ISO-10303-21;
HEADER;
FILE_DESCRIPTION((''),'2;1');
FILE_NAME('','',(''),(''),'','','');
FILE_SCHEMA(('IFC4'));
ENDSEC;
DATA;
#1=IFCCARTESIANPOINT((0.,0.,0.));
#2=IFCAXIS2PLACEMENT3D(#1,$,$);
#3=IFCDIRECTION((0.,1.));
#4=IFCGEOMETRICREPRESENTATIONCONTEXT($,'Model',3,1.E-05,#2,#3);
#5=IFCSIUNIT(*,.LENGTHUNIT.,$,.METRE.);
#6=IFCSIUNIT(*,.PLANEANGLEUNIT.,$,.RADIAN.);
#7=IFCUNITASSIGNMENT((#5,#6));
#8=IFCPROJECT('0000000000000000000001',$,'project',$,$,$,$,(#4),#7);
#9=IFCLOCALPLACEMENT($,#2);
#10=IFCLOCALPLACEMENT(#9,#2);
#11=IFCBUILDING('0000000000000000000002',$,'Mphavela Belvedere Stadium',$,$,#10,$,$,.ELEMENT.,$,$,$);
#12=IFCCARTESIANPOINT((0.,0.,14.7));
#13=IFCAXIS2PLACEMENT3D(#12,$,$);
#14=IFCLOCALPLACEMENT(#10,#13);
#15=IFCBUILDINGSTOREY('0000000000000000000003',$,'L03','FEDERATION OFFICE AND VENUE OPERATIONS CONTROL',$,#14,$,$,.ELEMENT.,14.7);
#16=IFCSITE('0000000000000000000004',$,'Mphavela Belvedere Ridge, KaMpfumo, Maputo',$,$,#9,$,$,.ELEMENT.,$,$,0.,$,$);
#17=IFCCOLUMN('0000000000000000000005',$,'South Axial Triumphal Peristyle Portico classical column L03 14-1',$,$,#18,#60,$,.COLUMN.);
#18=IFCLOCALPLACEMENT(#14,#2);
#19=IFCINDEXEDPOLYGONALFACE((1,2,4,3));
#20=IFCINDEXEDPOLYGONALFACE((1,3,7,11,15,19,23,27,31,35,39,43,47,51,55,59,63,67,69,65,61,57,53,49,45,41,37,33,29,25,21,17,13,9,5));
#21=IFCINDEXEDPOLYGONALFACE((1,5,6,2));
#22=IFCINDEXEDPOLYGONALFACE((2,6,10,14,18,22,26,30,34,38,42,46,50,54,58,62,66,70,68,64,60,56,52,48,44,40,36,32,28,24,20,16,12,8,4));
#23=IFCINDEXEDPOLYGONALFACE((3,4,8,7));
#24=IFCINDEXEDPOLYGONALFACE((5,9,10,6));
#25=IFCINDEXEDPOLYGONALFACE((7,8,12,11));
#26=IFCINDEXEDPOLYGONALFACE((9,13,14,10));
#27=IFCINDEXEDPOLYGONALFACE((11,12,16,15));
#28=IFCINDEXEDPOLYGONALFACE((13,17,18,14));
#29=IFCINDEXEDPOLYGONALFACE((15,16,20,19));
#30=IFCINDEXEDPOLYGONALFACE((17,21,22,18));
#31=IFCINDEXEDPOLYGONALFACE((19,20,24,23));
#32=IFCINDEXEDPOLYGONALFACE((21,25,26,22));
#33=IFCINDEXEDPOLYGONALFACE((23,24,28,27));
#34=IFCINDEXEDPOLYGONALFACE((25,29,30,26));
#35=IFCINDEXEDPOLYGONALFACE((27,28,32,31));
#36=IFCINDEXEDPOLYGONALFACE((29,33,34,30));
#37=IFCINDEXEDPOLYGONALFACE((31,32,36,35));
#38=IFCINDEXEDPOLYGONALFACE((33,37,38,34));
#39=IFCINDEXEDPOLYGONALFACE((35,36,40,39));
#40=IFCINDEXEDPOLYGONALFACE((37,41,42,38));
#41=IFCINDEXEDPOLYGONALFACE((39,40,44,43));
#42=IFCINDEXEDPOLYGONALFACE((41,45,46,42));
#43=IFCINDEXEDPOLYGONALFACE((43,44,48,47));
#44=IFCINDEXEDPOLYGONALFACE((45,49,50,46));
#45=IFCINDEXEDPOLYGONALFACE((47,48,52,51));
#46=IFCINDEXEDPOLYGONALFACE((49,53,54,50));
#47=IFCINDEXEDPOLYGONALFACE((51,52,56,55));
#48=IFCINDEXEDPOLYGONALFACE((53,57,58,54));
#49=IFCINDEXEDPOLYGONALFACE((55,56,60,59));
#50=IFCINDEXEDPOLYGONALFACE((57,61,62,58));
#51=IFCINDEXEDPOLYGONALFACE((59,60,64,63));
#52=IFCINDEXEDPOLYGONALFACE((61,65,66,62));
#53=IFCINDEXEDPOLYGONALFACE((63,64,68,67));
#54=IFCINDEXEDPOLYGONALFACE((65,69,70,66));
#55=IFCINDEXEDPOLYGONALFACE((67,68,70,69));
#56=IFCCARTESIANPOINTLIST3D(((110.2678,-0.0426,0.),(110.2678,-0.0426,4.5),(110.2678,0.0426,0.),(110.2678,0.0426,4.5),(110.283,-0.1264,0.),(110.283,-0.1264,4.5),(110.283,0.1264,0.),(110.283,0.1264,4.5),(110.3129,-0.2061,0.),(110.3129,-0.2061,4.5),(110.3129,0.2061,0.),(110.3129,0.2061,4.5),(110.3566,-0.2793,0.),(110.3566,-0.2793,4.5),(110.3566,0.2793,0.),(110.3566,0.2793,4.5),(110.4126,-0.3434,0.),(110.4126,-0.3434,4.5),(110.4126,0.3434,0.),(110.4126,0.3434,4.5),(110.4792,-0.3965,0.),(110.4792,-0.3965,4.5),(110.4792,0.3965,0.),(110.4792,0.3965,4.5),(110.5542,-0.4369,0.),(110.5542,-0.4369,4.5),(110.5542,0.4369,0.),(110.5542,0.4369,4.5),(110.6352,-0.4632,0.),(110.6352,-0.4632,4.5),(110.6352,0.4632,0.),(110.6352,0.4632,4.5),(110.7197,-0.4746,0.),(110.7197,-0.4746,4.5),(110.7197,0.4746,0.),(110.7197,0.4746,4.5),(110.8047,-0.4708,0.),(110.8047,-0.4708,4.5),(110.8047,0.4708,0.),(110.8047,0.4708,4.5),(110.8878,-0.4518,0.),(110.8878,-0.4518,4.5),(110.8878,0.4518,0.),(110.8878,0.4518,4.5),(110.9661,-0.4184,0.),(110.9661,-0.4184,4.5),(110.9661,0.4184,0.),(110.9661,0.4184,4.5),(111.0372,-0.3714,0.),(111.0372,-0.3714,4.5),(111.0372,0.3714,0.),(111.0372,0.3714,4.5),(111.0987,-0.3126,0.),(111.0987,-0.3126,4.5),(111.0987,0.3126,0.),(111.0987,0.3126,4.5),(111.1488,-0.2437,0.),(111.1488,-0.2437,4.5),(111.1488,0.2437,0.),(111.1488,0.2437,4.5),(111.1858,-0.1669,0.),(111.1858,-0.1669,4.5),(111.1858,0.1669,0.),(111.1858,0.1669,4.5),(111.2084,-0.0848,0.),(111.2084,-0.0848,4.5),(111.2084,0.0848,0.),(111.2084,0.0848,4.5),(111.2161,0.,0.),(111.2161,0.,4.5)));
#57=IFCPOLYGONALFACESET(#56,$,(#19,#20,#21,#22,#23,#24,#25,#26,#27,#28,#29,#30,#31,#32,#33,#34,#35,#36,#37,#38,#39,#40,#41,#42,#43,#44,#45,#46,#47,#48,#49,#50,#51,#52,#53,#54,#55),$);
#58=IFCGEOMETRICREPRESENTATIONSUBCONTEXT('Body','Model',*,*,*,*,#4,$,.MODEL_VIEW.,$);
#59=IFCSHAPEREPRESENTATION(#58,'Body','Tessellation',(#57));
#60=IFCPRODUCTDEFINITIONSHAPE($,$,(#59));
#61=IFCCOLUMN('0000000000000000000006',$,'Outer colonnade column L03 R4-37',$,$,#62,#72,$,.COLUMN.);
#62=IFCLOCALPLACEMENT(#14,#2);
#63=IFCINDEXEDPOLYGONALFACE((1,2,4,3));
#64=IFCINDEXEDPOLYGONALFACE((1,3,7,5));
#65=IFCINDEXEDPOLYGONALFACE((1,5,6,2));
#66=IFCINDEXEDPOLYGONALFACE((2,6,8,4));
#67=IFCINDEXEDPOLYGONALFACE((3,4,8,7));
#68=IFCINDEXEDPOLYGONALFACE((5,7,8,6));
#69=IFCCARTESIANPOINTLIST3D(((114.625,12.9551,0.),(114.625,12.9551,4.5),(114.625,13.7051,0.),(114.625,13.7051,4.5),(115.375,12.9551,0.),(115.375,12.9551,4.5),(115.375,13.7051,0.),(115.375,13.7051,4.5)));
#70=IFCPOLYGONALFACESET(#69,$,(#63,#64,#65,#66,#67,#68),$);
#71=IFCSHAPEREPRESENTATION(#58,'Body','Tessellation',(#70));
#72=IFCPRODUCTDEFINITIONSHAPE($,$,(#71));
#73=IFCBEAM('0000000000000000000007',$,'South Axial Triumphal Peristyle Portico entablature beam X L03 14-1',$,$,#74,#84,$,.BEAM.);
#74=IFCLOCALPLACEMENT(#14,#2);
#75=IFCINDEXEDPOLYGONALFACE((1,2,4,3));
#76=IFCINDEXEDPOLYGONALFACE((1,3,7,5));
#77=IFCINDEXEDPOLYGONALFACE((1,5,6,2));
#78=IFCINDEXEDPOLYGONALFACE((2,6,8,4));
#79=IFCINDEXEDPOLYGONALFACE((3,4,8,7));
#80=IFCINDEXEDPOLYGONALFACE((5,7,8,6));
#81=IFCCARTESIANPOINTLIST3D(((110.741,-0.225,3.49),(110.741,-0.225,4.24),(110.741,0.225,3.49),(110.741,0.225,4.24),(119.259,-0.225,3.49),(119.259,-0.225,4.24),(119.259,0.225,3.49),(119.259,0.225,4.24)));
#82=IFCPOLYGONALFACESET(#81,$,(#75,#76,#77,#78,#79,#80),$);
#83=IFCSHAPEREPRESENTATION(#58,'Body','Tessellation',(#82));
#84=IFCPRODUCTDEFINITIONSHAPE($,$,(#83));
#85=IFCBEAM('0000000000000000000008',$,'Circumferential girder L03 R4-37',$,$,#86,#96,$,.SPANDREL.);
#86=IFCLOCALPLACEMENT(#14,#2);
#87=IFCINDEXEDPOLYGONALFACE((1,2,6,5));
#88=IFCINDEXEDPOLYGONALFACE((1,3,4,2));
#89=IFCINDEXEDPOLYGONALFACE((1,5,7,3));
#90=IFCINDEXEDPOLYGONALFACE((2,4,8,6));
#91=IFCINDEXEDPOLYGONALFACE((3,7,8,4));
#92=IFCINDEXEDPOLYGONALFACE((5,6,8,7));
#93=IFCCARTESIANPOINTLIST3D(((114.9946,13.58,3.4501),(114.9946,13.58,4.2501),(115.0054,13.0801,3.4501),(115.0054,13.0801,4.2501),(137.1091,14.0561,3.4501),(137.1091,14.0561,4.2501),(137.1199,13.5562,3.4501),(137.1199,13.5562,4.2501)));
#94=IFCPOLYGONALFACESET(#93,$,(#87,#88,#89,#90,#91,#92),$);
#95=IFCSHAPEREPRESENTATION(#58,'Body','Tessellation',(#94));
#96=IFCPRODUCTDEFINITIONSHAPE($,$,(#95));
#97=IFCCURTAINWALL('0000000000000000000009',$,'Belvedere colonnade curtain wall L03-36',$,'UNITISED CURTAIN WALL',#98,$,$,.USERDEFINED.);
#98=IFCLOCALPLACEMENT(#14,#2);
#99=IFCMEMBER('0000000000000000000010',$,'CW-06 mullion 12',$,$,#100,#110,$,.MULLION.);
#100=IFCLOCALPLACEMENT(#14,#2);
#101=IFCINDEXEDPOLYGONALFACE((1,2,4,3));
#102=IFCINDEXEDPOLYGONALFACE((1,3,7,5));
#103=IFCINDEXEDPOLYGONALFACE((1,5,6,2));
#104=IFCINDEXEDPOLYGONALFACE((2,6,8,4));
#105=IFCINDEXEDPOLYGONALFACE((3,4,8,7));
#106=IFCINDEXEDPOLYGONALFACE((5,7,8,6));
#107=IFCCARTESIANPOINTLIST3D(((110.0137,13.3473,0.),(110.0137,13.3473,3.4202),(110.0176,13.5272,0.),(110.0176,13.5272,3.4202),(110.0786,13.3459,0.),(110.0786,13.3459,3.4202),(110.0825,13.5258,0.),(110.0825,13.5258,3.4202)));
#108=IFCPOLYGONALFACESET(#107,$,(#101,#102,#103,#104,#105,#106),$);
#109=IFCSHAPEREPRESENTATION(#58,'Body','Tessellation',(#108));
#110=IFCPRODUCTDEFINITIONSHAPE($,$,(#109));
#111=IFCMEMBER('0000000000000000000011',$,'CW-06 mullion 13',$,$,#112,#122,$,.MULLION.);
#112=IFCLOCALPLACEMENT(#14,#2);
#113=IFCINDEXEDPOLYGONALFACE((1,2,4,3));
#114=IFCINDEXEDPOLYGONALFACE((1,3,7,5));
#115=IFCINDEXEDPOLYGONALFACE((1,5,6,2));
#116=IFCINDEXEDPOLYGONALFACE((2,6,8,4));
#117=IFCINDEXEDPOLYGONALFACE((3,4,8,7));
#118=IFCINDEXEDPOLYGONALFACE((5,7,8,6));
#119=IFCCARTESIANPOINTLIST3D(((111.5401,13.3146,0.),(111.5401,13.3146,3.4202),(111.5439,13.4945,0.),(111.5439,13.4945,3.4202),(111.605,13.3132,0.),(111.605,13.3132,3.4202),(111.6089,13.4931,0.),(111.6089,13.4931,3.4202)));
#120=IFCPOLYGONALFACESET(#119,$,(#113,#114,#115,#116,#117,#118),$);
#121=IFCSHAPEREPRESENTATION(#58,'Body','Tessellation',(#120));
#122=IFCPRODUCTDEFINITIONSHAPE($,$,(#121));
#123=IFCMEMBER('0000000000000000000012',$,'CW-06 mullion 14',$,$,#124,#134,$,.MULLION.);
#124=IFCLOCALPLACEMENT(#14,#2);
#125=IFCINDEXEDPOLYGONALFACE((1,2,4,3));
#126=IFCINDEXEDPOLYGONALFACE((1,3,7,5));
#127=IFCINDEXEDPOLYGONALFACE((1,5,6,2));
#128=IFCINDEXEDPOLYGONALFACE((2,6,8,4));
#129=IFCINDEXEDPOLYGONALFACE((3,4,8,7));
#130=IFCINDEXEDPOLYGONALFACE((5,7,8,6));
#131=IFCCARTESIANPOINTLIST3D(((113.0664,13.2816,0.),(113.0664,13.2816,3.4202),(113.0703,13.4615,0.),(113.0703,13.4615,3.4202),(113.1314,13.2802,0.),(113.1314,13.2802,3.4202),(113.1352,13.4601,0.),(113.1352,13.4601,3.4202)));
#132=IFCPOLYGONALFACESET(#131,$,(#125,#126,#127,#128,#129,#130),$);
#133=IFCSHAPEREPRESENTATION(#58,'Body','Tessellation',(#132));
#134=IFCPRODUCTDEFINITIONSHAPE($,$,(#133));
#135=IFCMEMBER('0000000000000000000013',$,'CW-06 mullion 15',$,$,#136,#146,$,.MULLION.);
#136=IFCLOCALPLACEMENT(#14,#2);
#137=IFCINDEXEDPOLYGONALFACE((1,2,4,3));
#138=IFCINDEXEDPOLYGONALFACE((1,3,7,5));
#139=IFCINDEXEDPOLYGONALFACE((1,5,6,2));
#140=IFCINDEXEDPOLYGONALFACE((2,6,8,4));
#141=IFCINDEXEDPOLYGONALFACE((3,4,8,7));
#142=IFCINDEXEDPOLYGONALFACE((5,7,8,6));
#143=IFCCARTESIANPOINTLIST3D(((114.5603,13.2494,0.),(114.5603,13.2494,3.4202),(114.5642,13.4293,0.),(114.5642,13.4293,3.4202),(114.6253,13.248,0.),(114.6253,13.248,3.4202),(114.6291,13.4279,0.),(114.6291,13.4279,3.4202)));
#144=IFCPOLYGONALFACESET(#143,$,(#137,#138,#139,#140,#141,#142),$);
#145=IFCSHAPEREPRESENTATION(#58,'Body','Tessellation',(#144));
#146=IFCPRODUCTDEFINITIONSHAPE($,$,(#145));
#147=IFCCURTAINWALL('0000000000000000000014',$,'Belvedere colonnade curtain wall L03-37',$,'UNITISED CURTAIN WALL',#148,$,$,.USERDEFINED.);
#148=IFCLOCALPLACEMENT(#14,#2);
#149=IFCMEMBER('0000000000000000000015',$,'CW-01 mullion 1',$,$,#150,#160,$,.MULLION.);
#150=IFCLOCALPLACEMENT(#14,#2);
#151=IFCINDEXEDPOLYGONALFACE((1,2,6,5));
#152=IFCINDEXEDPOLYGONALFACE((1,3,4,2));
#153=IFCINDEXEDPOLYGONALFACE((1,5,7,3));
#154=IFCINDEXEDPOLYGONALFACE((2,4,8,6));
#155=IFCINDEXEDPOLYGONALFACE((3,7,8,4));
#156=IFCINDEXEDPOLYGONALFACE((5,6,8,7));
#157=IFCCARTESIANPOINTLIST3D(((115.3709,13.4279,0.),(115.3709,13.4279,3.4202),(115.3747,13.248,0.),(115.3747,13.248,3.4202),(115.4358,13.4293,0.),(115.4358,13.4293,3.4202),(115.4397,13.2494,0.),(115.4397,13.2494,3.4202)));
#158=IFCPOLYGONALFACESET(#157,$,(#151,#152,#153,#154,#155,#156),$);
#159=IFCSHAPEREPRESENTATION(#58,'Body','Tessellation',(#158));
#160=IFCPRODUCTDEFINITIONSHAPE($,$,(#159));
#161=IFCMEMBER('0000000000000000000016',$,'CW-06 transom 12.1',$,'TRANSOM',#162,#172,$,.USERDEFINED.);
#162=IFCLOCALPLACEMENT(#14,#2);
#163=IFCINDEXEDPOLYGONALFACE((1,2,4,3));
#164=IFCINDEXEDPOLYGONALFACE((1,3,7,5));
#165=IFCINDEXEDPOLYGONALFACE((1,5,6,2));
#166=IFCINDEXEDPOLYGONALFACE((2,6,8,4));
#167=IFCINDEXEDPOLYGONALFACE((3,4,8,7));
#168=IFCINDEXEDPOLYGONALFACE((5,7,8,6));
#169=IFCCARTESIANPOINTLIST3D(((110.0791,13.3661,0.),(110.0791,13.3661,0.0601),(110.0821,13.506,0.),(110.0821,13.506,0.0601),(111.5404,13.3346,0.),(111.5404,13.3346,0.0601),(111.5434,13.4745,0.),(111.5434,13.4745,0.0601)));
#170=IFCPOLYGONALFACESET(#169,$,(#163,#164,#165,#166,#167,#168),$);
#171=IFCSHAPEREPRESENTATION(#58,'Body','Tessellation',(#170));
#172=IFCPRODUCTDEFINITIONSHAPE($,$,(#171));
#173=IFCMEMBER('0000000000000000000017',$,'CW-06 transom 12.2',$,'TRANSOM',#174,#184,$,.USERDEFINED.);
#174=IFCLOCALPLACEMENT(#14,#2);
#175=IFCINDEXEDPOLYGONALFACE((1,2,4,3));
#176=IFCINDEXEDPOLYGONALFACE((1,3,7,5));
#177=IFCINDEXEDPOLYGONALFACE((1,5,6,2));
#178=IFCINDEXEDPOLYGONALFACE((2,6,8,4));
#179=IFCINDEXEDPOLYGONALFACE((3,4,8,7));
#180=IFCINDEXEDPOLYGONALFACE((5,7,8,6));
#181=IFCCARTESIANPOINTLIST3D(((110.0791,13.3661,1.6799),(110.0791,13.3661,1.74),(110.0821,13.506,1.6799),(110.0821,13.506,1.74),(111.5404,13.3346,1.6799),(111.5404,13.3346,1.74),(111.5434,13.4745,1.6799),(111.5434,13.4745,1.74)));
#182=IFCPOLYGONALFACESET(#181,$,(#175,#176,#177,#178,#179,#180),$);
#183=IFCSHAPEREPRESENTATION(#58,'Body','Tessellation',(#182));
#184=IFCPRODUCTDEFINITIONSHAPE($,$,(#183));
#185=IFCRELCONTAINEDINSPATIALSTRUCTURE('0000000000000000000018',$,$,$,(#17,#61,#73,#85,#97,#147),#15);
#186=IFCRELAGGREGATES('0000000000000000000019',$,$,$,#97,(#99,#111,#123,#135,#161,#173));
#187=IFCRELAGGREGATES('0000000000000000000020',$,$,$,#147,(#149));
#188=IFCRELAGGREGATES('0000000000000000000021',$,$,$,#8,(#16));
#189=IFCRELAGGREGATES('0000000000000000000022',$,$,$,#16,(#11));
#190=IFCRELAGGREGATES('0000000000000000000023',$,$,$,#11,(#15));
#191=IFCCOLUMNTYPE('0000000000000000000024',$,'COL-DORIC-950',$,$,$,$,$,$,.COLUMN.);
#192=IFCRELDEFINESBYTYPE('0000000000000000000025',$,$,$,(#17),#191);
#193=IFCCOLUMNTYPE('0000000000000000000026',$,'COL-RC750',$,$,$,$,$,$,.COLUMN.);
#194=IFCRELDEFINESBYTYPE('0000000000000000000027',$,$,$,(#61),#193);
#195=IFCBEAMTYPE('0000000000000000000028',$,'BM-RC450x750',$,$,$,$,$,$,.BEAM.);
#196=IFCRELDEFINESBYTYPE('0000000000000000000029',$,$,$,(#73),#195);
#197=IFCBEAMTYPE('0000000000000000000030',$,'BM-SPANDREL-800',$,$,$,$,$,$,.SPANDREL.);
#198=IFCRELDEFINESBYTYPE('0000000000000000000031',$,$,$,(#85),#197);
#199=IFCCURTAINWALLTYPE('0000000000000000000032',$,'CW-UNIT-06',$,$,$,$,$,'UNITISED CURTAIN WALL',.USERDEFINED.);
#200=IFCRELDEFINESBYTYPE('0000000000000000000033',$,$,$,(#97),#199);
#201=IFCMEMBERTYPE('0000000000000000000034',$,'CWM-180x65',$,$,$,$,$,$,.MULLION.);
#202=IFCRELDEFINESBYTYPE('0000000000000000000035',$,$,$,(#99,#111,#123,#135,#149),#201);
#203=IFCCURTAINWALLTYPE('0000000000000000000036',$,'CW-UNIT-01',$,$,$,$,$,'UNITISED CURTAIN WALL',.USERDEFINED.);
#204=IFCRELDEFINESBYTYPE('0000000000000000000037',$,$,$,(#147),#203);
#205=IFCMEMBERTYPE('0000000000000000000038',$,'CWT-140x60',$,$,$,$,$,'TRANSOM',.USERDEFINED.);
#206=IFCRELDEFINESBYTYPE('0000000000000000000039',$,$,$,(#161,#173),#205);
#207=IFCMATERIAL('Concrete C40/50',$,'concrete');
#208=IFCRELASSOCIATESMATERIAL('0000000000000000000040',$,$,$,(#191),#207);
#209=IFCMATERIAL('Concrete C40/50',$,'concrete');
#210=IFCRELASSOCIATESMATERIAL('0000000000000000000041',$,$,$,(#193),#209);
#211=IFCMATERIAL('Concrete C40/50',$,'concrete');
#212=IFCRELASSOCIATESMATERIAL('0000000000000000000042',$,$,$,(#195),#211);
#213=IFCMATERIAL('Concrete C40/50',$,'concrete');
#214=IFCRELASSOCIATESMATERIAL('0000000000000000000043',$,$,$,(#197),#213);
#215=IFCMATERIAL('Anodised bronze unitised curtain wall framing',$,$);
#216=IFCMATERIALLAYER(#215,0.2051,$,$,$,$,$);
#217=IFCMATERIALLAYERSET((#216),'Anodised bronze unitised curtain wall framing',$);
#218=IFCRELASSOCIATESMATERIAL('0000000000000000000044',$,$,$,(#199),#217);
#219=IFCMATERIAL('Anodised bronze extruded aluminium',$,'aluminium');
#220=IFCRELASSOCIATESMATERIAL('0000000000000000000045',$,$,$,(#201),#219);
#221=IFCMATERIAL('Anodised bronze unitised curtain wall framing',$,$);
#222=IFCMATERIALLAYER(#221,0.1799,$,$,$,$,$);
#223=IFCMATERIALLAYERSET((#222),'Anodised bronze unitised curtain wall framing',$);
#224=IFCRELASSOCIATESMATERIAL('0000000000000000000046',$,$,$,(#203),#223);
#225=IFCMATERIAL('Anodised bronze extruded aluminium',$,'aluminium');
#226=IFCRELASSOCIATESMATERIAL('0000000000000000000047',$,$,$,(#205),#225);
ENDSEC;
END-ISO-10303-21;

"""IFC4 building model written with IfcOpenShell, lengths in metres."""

from ifc_helpers import new_model, si_unit, direction, frame, origin, origin_2d, place, context, subcontext, project, spatial, rectangle, circle, extrude, material, layer, layer_set, material_profile, profile_set, type_object, element, aggregate, save


model = new_model("IFC4")

# Units and contexts
model_context = context("Model", 3, precision=1e-05, world=origin(), true_north=direction((0.0, 1.0)))
body_context = subcontext(model_context, "Body", "Model", "MODEL_VIEW")
ifc_project = project(units=[si_unit("LENGTHUNIT", "METRE"), si_unit("PLANEANGLEUNIT", "RADIAN")], contexts=[model_context])

# Site, building, storey
site_placement = place(None, origin())
site = spatial("IfcSite", under=ifc_project, at=site_placement, Name="Mphavela Belvedere Ridge, KaMpfumo, Maputo", CompositionType="ELEMENT", RefElevation=0.0)
building_placement = place(site_placement, origin())
building = spatial("IfcBuilding", under=site, at=building_placement, Name="Mphavela Belvedere Stadium", CompositionType="ELEMENT")
storey_placement = place(building_placement, frame((0.0, 0.0, 14.7)))
storey = spatial("IfcBuildingStorey", under=building, at=storey_placement, Name="L03", Description="FEDERATION OFFICE AND VENUE OPERATIONS CONTROL", CompositionType="ELEMENT", Elevation=14.7)

# Columns
ifc_material_1 = material(Name="Concrete C40/50", Category="concrete")
ifc_material_profile_1 = material_profile(ifc_material_1, circle(Radius=0.4751, at=origin_2d()), Name="COL D950")
ifc_profile_set_1 = profile_set([ifc_material_profile_1], Name="Concrete C40/50")
column_type_1 = type_object("IfcColumnType", Name="COL-DORIC-950", PredefinedType="COLUMN", material=ifc_profile_set_1)
column_1_placement = place(storey_placement, frame((110.741, 0.0, 0.0), z_axis=(0.0, 0.0, 1.0), x_axis=(1.0, 0.0, 0.0)))
element("IfcColumn", 1, at=column_1_placement, inside=storey, type_object=column_type_1, Name="South Axial Triumphal Peristyle Portico classical column L03 14-1", PredefinedType="COLUMN", context=body_context, shape_type="SweptSolid", body=[
    extrude(circle(Radius=0.4751, at=origin_2d()), origin(), (0.0, 0.0, 1.0), 4.5),
])
ifc_material_2 = material(Name="Concrete C40/50", Category="concrete")
ifc_material_profile_2 = material_profile(ifc_material_2, rectangle(XDim=0.75, YDim=0.75, at=origin_2d()), Name="RC 750x750")
ifc_profile_set_2 = profile_set([ifc_material_profile_2], Name="Concrete C40/50")
column_type_2 = type_object("IfcColumnType", Name="COL-RC750", PredefinedType="COLUMN", material=ifc_profile_set_2)
column_2_placement = place(storey_placement, frame((115.0, 13.3301, 0.0), z_axis=(0.0, 0.0, 1.0), x_axis=(0.0, -1.0, 0.0)))
element("IfcColumn", 2, at=column_2_placement, inside=storey, type_object=column_type_2, Name="Outer colonnade column L03 R4-37", PredefinedType="COLUMN", context=body_context, shape_type="SweptSolid", body=[
    extrude(rectangle(XDim=0.75, YDim=0.75, at=origin_2d()), origin(), (0.0, 0.0, 1.0), 4.5),
])

# Beams
ifc_material_3 = material(Name="Concrete C40/50", Category="concrete")
ifc_material_profile_3 = material_profile(ifc_material_3, rectangle(XDim=0.45, YDim=0.75, at=origin_2d()), Name="RC 450x750")
ifc_profile_set_3 = profile_set([ifc_material_profile_3], Name="Concrete C40/50")
beam_type_1 = type_object("IfcBeamType", Name="BM-RC450x750", PredefinedType="BEAM", material=ifc_profile_set_3)
beam_1_placement = place(storey_placement, frame((110.741, 0.0, 3.865), z_axis=(1.0, 0.0, 0.0), x_axis=(0.0, 1.0, 0.0)))
element("IfcBeam", 3, at=beam_1_placement, inside=storey, type_object=beam_type_1, Name="South Axial Triumphal Peristyle Portico entablature beam X L03 14-1", PredefinedType="BEAM", context=body_context, shape_type="SweptSolid", body=[
    extrude(rectangle(XDim=0.45, YDim=0.75, at=origin_2d()), origin(), (0.0, 0.0, 1.0), 8.5181),
])
ifc_material_4 = material(Name="Concrete C40/50", Category="concrete")
ifc_material_profile_4 = material_profile(ifc_material_4, rectangle(XDim=0.5, YDim=0.8, at=origin_2d()), Name="RC 500x800")
ifc_profile_set_4 = profile_set([ifc_material_profile_4], Name="Concrete C40/50")
beam_type_2 = type_object("IfcBeamType", Name="BM-SPANDREL-800", PredefinedType="SPANDREL", material=ifc_profile_set_4)
beam_2_placement = place(storey_placement, frame((115.0, 13.3301, 3.8501), z_axis=(0.999768, 0.021523, 0.0), x_axis=(-0.021523, 0.999768, 0.0)))
element("IfcBeam", 4, at=beam_2_placement, inside=storey, type_object=beam_type_2, Name="Circumferential girder L03 R4-37", PredefinedType="SPANDREL", context=body_context, shape_type="SweptSolid", body=[
    extrude(rectangle(XDim=0.5, YDim=0.8, at=origin_2d()), origin(), (0.0, 0.0, 1.0), 22.1196),
])

# Curtain wall, members
ifc_material_5 = material(Name="Anodised bronze unitised curtain wall framing")
ifc_layer_1 = layer(ifc_material_5, 0.2051)
ifc_layer_set_1 = layer_set([ifc_layer_1], Name="Anodised bronze unitised curtain wall framing")
curtain_wall_type_1 = type_object("IfcCurtainWallType", Name="CW-UNIT-06", ElementType="UNITISED CURTAIN WALL", PredefinedType="USERDEFINED", material=ifc_layer_set_1)
curtain_wall_1_placement = place(storey_placement, origin())
curtain_wall_1 = element("IfcCurtainWall", 5, at=curtain_wall_1_placement, inside=storey, type_object=curtain_wall_type_1, Name="Belvedere colonnade curtain wall L03-36", ObjectType="UNITISED CURTAIN WALL", PredefinedType="USERDEFINED")
ifc_material_6 = material(Name="Anodised bronze extruded aluminium", Category="aluminium")
ifc_material_profile_5 = material_profile(ifc_material_6, rectangle(XDim=0.1799, YDim=0.0649, at=origin_2d()), Name="CW-MUL 180x65")
ifc_profile_set_5 = profile_set([ifc_material_profile_5], Name="Anodised bronze extruded aluminium")
member_type_1 = type_object("IfcMemberType", Name="CWM-180x65", PredefinedType="MULLION", material=ifc_profile_set_5)
member_1_placement = place(storey_placement, frame((110.0481, 13.4365, 0.0), z_axis=(0.0, 0.0, 1.0), x_axis=(0.021531, 0.999768, 0.0)))
member_1 = element("IfcMember", 6, at=member_1_placement, type_object=member_type_1, Name="CW-06 mullion 12", PredefinedType="MULLION", context=body_context, shape_type="SweptSolid", body=[
    extrude(rectangle(XDim=0.1799, YDim=0.0649, at=origin_2d()), origin(), (0.0, 0.0, 1.0), 3.4202),
])
member_2_placement = place(storey_placement, frame((111.5745, 13.4038, 0.0), z_axis=(0.0, 0.0, 1.0), x_axis=(0.021531, 0.999768, 0.0)))
member_2 = element("IfcMember", 7, at=member_2_placement, type_object=member_type_1, Name="CW-06 mullion 13", PredefinedType="MULLION", context=body_context, shape_type="SweptSolid", body=[
    extrude(rectangle(XDim=0.1799, YDim=0.0649, at=origin_2d()), origin(), (0.0, 0.0, 1.0), 3.4202),
])
member_3_placement = place(storey_placement, frame((113.1008, 13.3708, 0.0), z_axis=(0.0, 0.0, 1.0), x_axis=(0.021531, 0.999768, 0.0)))
member_3 = element("IfcMember", 8, at=member_3_placement, type_object=member_type_1, Name="CW-06 mullion 14", PredefinedType="MULLION", context=body_context, shape_type="SweptSolid", body=[
    extrude(rectangle(XDim=0.1799, YDim=0.0649, at=origin_2d()), origin(), (0.0, 0.0, 1.0), 3.4202),
])
member_4_placement = place(storey_placement, frame((114.5947, 13.3386, 0.0), z_axis=(0.0, 0.0, 1.0), x_axis=(0.021531, 0.999768, 0.0)))
member_4 = element("IfcMember", 9, at=member_4_placement, type_object=member_type_1, Name="CW-06 mullion 15", PredefinedType="MULLION", context=body_context, shape_type="SweptSolid", body=[
    extrude(rectangle(XDim=0.1799, YDim=0.0649, at=origin_2d()), origin(), (0.0, 0.0, 1.0), 3.4202),
])

# Curtain wall, member
ifc_material_7 = material(Name="Anodised bronze unitised curtain wall framing")
ifc_layer_2 = layer(ifc_material_7, 0.1799)
ifc_layer_set_2 = layer_set([ifc_layer_2], Name="Anodised bronze unitised curtain wall framing")
curtain_wall_type_2 = type_object("IfcCurtainWallType", Name="CW-UNIT-01", ElementType="UNITISED CURTAIN WALL", PredefinedType="USERDEFINED", material=ifc_layer_set_2)
curtain_wall_2_placement = place(storey_placement, origin())
curtain_wall_2 = element("IfcCurtainWall", 10, at=curtain_wall_2_placement, inside=storey, type_object=curtain_wall_type_2, Name="Belvedere colonnade curtain wall L03-37", ObjectType="UNITISED CURTAIN WALL", PredefinedType="USERDEFINED")
member_5_placement = place(storey_placement, frame((115.4053, 13.3386, 0.0), z_axis=(0.0, 0.0, 1.0), x_axis=(-0.021531, 0.999768, 0.0)))
member_5 = element("IfcMember", 11, at=member_5_placement, type_object=member_type_1, Name="CW-01 mullion 1", PredefinedType="MULLION", context=body_context, shape_type="SweptSolid", body=[
    extrude(rectangle(XDim=0.1799, YDim=0.0649, at=origin_2d()), origin(), (0.0, 0.0, 1.0), 3.4202),
])

# Members
ifc_material_8 = material(Name="Anodised bronze extruded aluminium", Category="aluminium")
ifc_material_profile_6 = material_profile(ifc_material_8, rectangle(XDim=0.1399, YDim=0.0601, at=origin_2d()), Name="CW-TRN 140x60")
ifc_profile_set_6 = profile_set([ifc_material_profile_6], Name="Anodised bronze extruded aluminium")
member_type_2 = type_object("IfcMemberType", Name="CWT-140x60", ElementType="TRANSOM", PredefinedType="USERDEFINED", material=ifc_profile_set_6)
member_6_placement = place(storey_placement, frame((110.0806, 13.436, 0.03), z_axis=(0.999768, -0.021545, 0.0), x_axis=(0.021545, 0.999768, 0.0)))
member_6 = element("IfcMember", 12, at=member_6_placement, type_object=member_type_2, Name="CW-06 transom 12.1", ObjectType="TRANSOM", PredefinedType="USERDEFINED", context=body_context, shape_type="SweptSolid", body=[
    extrude(rectangle(XDim=0.1399, YDim=0.0601, at=origin_2d()), origin(), (0.0, 0.0, 1.0), 1.4617),
])
member_7_placement = place(storey_placement, frame((110.0806, 13.436, 1.71), z_axis=(0.999768, -0.021545, 0.0), x_axis=(0.021545, 0.999768, 0.0)))
member_7 = element("IfcMember", 13, at=member_7_placement, type_object=member_type_2, Name="CW-06 transom 12.2", ObjectType="TRANSOM", PredefinedType="USERDEFINED", context=body_context, shape_type="SweptSolid", body=[
    extrude(rectangle(XDim=0.1399, YDim=0.0601, at=origin_2d()), origin(), (0.0, 0.0, 1.0), 1.4617),
])

aggregate(curtain_wall_1, [member_1, member_2, member_3, member_4, member_6, member_7])
aggregate(curtain_wall_2, [member_5])

save(model, "model.ifc")
